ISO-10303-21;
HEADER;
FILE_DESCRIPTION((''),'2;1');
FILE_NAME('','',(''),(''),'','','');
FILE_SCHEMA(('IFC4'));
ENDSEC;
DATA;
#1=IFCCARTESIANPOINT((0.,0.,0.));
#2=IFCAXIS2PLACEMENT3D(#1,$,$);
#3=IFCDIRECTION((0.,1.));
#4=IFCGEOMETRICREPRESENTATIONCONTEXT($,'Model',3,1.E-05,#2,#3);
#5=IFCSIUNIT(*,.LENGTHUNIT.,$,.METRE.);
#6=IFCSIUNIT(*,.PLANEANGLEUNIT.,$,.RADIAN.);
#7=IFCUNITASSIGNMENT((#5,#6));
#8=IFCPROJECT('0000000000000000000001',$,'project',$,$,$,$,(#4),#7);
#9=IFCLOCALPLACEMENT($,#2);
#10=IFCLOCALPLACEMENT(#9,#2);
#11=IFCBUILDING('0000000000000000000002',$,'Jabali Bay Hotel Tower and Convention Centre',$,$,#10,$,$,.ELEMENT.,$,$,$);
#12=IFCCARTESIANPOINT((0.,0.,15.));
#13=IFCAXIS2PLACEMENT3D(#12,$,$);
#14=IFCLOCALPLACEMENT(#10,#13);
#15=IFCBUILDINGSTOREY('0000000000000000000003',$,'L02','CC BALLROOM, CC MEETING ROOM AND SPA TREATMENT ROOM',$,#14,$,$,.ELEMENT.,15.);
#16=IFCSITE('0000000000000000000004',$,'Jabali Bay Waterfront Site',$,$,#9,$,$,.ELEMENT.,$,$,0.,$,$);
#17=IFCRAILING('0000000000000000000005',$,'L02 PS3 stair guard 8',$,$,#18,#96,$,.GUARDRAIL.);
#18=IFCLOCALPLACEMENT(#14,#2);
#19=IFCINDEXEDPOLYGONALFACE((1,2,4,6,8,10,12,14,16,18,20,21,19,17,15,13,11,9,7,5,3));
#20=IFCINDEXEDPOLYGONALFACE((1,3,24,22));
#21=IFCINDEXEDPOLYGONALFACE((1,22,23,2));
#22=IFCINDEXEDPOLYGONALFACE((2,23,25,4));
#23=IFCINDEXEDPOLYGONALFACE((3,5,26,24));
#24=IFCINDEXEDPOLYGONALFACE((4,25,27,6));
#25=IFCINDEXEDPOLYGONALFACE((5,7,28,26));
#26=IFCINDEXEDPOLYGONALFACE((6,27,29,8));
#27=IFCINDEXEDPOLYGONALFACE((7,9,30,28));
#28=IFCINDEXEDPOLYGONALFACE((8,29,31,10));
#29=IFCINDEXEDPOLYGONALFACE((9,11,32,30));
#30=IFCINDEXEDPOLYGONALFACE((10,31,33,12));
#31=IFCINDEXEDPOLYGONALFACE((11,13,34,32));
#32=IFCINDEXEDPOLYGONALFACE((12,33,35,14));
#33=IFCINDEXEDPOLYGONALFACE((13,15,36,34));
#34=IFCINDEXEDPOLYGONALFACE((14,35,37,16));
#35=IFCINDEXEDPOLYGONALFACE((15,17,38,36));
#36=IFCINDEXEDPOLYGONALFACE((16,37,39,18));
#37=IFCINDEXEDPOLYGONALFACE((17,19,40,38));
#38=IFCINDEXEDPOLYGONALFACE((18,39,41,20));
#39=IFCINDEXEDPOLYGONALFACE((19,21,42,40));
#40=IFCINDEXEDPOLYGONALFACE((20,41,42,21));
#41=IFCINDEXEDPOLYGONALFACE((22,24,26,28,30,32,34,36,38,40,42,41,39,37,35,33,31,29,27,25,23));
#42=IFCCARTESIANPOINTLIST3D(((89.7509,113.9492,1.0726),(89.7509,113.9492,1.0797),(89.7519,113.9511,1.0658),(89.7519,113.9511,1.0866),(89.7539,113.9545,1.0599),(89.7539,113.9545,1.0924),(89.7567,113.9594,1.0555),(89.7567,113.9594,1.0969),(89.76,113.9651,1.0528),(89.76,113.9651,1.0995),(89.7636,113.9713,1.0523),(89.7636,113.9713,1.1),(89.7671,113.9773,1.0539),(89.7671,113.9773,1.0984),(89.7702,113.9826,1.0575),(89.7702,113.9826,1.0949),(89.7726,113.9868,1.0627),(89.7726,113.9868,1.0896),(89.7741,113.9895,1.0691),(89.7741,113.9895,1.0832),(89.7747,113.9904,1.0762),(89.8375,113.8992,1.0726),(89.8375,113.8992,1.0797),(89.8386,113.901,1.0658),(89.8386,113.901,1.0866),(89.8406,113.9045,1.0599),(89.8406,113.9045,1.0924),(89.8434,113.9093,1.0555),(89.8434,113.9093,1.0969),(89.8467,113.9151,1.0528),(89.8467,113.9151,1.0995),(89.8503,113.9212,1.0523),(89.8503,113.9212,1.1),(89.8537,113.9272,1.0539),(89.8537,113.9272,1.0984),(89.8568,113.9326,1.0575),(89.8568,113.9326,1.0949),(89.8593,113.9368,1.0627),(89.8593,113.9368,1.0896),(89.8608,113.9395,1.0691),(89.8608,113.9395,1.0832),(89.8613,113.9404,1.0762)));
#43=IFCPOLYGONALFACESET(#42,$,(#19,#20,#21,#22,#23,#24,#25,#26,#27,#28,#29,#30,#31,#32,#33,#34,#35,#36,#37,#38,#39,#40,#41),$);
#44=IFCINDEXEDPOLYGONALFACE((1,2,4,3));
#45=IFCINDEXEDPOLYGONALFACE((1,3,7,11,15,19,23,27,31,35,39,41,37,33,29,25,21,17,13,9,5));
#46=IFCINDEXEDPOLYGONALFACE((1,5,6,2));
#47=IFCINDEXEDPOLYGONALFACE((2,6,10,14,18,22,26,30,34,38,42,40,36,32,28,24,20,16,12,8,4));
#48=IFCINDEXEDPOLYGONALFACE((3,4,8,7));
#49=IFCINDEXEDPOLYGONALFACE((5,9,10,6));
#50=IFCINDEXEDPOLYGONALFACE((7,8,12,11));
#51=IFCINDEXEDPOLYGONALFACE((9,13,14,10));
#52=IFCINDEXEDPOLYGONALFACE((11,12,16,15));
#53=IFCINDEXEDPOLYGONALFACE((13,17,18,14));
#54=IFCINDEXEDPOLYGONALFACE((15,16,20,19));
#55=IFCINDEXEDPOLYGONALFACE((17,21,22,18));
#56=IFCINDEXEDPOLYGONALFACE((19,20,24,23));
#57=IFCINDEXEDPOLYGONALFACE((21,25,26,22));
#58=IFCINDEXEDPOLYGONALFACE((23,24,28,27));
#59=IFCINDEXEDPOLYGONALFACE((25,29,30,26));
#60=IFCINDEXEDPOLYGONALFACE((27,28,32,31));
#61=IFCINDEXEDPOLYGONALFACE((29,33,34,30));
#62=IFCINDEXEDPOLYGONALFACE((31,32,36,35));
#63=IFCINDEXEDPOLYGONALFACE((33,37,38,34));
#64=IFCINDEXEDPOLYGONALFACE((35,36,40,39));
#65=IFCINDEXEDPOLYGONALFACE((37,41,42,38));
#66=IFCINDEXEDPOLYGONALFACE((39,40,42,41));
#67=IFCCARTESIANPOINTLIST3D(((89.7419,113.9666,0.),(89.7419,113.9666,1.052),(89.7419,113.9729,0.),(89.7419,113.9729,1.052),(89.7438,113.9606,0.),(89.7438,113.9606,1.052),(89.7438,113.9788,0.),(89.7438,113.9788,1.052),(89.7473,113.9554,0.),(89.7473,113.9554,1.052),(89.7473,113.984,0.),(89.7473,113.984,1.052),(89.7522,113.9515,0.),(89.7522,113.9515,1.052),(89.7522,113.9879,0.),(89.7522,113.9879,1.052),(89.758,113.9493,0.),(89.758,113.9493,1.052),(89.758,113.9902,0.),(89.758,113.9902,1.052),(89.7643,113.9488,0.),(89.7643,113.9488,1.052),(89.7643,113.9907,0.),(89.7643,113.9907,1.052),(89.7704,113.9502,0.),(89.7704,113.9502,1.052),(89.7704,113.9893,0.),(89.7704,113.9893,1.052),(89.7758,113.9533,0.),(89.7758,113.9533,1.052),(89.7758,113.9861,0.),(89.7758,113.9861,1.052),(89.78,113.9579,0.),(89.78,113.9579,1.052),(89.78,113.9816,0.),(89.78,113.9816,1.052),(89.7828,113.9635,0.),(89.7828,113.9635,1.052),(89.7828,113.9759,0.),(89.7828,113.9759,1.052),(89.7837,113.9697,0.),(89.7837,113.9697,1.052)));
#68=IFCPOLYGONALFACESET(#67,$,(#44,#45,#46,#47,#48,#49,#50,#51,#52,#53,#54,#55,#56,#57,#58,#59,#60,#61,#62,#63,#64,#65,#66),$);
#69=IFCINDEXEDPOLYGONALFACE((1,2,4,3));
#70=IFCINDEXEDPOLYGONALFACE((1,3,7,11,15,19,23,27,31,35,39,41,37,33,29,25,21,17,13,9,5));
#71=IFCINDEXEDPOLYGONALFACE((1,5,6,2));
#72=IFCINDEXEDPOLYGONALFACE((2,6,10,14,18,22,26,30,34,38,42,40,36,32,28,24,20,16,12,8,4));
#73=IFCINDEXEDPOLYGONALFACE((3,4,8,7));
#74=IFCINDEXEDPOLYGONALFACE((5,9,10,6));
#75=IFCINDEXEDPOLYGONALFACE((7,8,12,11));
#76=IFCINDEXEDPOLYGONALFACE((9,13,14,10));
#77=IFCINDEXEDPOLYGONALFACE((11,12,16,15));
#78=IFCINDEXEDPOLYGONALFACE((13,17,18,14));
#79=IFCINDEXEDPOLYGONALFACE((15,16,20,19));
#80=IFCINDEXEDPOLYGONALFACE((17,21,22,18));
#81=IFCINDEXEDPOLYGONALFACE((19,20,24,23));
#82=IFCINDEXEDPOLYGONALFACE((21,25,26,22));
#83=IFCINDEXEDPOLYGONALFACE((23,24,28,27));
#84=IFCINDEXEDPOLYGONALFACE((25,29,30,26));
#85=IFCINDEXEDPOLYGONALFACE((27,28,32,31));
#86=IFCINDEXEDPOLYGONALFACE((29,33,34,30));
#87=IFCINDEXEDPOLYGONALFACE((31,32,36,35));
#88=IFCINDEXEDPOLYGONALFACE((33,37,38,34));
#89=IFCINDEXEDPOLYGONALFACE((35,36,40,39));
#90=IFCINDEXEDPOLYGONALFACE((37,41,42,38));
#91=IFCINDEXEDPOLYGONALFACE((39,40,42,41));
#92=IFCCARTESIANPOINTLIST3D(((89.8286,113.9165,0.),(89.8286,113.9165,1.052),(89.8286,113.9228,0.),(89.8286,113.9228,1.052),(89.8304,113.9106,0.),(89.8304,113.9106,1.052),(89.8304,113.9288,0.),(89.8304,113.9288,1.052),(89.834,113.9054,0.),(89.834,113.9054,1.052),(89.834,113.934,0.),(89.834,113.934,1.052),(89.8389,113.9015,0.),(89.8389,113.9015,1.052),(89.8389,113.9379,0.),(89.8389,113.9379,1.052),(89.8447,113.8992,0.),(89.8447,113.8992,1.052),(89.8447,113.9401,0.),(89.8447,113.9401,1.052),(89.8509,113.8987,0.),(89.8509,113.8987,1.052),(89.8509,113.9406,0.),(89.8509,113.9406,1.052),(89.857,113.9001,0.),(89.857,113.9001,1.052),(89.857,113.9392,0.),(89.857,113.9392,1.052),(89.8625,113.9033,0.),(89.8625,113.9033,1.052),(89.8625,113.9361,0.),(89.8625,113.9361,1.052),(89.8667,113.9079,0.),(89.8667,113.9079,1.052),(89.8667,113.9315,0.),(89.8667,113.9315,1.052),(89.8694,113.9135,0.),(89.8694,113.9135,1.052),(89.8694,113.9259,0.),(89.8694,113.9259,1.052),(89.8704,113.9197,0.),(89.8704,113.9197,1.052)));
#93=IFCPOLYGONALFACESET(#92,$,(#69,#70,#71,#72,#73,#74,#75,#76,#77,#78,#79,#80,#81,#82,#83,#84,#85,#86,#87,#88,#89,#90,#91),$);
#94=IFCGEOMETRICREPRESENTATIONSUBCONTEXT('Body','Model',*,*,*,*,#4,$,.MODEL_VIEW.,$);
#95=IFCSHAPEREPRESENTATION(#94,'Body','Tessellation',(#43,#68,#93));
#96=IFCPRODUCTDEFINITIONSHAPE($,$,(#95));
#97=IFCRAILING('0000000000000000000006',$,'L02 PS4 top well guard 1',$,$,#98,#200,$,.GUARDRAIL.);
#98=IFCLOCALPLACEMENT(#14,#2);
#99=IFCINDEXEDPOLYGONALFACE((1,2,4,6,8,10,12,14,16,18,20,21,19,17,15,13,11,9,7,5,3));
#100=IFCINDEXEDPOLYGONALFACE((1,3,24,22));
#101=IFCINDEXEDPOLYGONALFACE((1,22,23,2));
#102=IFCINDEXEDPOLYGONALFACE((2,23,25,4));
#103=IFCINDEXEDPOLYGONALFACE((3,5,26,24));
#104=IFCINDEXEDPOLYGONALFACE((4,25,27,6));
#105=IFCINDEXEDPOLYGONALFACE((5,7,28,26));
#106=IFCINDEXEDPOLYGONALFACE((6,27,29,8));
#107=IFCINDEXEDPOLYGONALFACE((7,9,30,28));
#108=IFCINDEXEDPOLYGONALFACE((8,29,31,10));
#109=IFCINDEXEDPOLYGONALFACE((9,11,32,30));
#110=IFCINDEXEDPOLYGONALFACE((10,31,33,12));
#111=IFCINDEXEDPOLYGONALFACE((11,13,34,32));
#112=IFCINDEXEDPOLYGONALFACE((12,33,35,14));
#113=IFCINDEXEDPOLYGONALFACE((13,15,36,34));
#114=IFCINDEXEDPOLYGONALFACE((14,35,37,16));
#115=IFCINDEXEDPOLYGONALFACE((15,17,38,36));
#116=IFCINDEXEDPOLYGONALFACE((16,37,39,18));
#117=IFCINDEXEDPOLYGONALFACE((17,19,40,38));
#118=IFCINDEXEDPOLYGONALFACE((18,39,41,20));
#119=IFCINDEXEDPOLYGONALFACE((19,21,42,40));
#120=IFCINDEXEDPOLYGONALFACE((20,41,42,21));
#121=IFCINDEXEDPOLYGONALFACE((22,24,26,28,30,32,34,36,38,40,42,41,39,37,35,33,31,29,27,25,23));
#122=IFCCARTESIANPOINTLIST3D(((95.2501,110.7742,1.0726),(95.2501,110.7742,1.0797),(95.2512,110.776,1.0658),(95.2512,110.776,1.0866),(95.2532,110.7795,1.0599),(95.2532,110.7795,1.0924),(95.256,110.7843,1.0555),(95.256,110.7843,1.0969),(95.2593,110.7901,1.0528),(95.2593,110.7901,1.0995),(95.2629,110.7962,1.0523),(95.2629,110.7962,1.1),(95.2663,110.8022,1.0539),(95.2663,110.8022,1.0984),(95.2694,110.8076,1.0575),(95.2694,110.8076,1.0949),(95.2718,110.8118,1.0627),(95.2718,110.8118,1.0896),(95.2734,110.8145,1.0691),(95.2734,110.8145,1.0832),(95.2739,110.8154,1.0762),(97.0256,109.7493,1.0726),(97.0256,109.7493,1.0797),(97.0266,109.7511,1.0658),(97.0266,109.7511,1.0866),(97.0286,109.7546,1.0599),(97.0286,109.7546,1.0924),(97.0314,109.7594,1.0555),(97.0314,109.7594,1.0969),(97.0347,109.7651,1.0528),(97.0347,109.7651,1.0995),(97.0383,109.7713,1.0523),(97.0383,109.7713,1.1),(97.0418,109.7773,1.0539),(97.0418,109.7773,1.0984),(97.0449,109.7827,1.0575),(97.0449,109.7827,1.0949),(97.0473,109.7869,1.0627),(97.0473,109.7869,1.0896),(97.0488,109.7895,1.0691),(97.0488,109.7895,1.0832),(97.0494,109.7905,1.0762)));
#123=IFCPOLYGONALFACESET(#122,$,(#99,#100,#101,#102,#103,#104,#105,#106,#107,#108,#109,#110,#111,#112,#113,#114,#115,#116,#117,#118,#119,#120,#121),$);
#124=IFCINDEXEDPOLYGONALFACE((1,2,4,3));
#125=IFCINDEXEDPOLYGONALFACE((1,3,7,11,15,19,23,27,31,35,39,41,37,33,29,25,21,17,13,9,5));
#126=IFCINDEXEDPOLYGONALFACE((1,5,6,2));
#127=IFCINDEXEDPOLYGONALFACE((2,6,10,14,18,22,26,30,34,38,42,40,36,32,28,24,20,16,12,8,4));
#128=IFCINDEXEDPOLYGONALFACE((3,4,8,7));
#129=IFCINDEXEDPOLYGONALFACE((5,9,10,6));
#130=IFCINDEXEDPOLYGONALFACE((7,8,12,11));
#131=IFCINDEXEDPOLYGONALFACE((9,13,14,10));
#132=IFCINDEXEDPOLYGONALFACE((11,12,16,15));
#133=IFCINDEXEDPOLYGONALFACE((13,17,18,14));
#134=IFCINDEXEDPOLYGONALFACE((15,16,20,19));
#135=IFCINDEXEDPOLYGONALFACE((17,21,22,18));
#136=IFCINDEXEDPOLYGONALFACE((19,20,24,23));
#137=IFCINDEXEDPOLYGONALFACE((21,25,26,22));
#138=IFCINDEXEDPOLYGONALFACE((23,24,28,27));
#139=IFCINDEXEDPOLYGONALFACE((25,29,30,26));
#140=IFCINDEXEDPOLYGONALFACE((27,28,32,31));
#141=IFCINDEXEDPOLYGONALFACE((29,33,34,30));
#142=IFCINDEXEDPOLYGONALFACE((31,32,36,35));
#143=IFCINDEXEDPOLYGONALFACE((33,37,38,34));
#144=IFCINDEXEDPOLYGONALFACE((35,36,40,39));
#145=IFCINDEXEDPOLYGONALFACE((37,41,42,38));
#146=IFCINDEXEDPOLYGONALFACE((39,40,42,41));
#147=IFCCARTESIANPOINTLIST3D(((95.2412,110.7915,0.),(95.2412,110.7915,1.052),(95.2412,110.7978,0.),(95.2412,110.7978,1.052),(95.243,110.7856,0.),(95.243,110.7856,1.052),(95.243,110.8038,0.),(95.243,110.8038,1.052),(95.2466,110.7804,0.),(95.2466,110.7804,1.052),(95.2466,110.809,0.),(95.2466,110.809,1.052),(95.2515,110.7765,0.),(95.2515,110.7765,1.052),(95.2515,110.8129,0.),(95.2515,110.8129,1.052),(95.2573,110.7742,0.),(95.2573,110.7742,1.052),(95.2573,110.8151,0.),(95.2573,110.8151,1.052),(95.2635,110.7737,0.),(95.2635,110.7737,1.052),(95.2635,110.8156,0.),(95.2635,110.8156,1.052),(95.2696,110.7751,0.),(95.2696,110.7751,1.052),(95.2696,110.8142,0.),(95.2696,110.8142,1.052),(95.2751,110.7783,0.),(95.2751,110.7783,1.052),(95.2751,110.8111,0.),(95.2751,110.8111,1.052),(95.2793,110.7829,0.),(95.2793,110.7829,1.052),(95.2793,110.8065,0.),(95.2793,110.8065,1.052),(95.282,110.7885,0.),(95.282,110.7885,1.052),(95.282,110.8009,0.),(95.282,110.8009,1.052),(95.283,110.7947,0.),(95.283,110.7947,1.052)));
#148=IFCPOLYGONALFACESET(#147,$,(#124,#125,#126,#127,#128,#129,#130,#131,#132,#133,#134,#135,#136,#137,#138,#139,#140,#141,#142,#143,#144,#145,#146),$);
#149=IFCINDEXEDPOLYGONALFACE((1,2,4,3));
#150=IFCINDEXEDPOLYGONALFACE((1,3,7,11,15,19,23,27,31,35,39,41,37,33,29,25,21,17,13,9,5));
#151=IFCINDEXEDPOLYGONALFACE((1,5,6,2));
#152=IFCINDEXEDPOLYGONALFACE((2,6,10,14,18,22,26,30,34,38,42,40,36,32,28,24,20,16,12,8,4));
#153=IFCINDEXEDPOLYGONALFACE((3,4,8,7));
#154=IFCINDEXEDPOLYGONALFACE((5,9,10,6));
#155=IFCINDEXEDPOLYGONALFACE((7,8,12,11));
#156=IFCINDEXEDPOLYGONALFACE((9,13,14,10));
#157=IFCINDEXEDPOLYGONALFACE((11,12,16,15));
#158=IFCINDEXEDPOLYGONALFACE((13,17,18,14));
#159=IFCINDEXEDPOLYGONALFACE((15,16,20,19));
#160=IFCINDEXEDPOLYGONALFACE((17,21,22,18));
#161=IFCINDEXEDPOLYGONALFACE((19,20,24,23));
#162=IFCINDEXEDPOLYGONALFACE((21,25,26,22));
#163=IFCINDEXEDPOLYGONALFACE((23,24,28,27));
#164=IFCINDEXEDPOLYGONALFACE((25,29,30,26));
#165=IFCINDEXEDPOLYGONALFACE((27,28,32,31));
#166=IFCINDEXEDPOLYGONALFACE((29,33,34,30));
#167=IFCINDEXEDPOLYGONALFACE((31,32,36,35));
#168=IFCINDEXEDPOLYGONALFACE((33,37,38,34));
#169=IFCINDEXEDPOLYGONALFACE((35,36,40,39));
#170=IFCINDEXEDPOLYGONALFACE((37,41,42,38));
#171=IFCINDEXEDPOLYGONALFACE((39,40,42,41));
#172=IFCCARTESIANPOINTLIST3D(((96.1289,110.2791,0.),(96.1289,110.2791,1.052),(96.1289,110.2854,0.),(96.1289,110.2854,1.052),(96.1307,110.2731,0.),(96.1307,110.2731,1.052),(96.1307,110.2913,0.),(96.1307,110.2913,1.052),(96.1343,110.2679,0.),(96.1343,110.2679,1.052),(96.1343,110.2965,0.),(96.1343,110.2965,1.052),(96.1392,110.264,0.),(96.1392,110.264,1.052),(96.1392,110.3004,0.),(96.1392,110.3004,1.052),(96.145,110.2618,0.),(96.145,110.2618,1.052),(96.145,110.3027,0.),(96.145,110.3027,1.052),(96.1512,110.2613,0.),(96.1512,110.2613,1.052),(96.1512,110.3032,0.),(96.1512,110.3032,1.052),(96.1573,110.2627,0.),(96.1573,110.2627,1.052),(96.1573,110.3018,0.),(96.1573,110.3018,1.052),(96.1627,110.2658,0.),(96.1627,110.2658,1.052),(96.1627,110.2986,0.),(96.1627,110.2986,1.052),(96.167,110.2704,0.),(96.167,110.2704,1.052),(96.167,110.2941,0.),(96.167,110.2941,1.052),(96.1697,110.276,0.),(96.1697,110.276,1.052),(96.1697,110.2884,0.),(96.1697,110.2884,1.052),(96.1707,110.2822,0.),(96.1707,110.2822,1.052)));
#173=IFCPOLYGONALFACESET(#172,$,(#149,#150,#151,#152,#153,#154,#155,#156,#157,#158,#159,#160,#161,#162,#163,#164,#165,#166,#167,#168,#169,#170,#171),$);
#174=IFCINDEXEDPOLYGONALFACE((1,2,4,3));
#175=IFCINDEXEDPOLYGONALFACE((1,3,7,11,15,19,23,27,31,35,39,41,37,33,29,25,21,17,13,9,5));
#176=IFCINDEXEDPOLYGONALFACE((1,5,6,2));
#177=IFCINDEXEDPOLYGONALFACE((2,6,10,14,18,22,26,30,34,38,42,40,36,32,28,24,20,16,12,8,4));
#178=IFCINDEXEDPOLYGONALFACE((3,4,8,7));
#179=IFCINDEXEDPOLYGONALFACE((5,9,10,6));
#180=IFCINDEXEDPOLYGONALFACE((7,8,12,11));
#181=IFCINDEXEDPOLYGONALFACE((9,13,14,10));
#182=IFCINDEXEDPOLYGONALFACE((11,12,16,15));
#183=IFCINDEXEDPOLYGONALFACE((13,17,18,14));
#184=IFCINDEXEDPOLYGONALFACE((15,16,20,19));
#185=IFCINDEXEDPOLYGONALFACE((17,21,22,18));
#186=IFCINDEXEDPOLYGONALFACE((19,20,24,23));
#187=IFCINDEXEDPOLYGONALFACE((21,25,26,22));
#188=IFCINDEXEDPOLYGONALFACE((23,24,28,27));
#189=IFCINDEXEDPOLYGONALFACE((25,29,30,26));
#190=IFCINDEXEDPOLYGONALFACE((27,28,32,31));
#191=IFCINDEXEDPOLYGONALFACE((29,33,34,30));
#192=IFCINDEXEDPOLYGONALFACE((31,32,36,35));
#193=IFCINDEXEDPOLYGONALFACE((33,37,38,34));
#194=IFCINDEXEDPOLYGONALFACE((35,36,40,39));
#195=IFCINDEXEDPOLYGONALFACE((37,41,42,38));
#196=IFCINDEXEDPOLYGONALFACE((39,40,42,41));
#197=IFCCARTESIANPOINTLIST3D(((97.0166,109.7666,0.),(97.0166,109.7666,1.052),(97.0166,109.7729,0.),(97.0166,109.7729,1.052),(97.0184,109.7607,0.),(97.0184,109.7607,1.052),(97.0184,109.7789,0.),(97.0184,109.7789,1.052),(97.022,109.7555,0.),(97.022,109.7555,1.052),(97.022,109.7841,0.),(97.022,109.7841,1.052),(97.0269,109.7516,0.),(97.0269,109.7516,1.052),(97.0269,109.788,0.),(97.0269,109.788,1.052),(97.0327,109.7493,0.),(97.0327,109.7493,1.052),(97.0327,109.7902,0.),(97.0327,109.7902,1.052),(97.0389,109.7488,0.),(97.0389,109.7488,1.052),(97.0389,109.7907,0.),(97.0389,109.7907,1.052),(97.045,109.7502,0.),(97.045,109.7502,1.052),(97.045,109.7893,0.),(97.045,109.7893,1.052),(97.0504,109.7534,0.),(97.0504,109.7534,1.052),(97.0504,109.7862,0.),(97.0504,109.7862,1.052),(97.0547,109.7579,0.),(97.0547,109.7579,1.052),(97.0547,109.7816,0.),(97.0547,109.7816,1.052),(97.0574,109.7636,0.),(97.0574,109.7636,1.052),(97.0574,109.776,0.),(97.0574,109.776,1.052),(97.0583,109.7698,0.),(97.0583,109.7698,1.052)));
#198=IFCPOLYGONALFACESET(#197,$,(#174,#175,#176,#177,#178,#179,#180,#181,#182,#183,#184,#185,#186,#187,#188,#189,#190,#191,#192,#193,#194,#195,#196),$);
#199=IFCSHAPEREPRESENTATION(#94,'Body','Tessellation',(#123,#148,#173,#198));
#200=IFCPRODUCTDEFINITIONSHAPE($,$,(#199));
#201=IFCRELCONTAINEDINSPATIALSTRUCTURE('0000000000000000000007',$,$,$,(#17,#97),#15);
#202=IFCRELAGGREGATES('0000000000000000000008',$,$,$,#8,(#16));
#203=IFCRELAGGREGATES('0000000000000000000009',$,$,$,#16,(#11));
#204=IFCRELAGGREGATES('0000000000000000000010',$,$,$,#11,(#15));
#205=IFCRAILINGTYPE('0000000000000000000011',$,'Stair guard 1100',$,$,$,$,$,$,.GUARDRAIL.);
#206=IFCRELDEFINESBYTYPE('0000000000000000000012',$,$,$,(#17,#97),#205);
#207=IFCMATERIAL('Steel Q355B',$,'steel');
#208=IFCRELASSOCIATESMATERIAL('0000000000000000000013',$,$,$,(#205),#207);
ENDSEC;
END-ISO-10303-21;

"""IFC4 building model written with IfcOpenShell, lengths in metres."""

from ifc_helpers import new_model, si_unit, direction, frame, origin, origin_2d, place, context, subcontext, project, spatial, circle, extrude, material, type_object, element, save


model = new_model("IFC4")

# Units and contexts
model_context = context("Model", 3, precision=1e-05, world=origin(), true_north=direction((0.0, 1.0)))
body_context = subcontext(model_context, "Body", "Model", "MODEL_VIEW")
ifc_project = project(units=[si_unit("LENGTHUNIT", "METRE"), si_unit("PLANEANGLEUNIT", "RADIAN")], contexts=[model_context])

# Site, building, storey
site_placement = place(None, origin())
site = spatial("IfcSite", under=ifc_project, at=site_placement, Name="Jabali Bay Waterfront Site", CompositionType="ELEMENT", RefElevation=0.0)
building_placement = place(site_placement, origin())
building = spatial("IfcBuilding", under=site, at=building_placement, Name="Jabali Bay Hotel Tower and Convention Centre", CompositionType="ELEMENT")
storey_placement = place(building_placement, frame((0.0, 0.0, 15.0)))
storey = spatial("IfcBuildingStorey", under=building, at=storey_placement, Name="L02", Description="CC BALLROOM, CC MEETING ROOM AND SPA TREATMENT ROOM", CompositionType="ELEMENT", Elevation=15.0)

# Railings
ifc_material_1 = material(Name="Steel Q355B", Category="steel")
railing_type_1 = type_object("IfcRailingType", Name="Stair guard 1100", PredefinedType="GUARDRAIL", material=ifc_material_1)
railing_1_placement = place(storey_placement, frame((89.7627, 113.9697, 0.0)))
element("IfcRailing", 1, at=railing_1_placement, inside=storey, type_object=railing_type_1, Name="L02 PS3 stair guard 8", PredefinedType="GUARDRAIL", context=body_context, shape_type="SweptSolid", body=[
    extrude(circle(Radius=0.0239, at=origin_2d()), frame((0.0, 0.0, 1.0762), z_axis=(0.865982, -0.500074, 0.0), x_axis=(0.500074, 0.865982, 0.0)), (0.0, 0.0, 1.0), 0.1001),
    extrude(circle(Radius=0.021, at=origin_2d()), origin(), (0.0, 0.0, 1.0), 1.052),
    extrude(circle(Radius=0.021, at=origin_2d()), frame((0.0867, -0.05, 0.0)), (0.0, 0.0, 1.0), 1.052),
])
railing_2_placement = place(storey_placement, frame((95.262, 110.7947, 0.0)))
element("IfcRailing", 2, at=railing_2_placement, inside=storey, type_object=railing_type_1, Name="L02 PS4 top well guard 1", PredefinedType="GUARDRAIL", context=body_context, shape_type="SweptSolid", body=[
    extrude(circle(Radius=0.0239, at=origin_2d()), frame((0.0, 0.0, 1.0762), z_axis=(0.866051, -0.499956, 0.0), x_axis=(0.499956, 0.866051, 0.0)), (0.0, 0.0, 1.0), 2.05),
    extrude(circle(Radius=0.021, at=origin_2d()), origin(), (0.0, 0.0, 1.0), 1.052),
    extrude(circle(Radius=0.021, at=origin_2d()), frame((0.8877, -0.5125, 0.0)), (0.0, 0.0, 1.0), 1.052),
    extrude(circle(Radius=0.021, at=origin_2d()), frame((1.7754, -1.0249, 0.0)), (0.0, 0.0, 1.0), 1.052),
])

save(model, "model.ifc")
